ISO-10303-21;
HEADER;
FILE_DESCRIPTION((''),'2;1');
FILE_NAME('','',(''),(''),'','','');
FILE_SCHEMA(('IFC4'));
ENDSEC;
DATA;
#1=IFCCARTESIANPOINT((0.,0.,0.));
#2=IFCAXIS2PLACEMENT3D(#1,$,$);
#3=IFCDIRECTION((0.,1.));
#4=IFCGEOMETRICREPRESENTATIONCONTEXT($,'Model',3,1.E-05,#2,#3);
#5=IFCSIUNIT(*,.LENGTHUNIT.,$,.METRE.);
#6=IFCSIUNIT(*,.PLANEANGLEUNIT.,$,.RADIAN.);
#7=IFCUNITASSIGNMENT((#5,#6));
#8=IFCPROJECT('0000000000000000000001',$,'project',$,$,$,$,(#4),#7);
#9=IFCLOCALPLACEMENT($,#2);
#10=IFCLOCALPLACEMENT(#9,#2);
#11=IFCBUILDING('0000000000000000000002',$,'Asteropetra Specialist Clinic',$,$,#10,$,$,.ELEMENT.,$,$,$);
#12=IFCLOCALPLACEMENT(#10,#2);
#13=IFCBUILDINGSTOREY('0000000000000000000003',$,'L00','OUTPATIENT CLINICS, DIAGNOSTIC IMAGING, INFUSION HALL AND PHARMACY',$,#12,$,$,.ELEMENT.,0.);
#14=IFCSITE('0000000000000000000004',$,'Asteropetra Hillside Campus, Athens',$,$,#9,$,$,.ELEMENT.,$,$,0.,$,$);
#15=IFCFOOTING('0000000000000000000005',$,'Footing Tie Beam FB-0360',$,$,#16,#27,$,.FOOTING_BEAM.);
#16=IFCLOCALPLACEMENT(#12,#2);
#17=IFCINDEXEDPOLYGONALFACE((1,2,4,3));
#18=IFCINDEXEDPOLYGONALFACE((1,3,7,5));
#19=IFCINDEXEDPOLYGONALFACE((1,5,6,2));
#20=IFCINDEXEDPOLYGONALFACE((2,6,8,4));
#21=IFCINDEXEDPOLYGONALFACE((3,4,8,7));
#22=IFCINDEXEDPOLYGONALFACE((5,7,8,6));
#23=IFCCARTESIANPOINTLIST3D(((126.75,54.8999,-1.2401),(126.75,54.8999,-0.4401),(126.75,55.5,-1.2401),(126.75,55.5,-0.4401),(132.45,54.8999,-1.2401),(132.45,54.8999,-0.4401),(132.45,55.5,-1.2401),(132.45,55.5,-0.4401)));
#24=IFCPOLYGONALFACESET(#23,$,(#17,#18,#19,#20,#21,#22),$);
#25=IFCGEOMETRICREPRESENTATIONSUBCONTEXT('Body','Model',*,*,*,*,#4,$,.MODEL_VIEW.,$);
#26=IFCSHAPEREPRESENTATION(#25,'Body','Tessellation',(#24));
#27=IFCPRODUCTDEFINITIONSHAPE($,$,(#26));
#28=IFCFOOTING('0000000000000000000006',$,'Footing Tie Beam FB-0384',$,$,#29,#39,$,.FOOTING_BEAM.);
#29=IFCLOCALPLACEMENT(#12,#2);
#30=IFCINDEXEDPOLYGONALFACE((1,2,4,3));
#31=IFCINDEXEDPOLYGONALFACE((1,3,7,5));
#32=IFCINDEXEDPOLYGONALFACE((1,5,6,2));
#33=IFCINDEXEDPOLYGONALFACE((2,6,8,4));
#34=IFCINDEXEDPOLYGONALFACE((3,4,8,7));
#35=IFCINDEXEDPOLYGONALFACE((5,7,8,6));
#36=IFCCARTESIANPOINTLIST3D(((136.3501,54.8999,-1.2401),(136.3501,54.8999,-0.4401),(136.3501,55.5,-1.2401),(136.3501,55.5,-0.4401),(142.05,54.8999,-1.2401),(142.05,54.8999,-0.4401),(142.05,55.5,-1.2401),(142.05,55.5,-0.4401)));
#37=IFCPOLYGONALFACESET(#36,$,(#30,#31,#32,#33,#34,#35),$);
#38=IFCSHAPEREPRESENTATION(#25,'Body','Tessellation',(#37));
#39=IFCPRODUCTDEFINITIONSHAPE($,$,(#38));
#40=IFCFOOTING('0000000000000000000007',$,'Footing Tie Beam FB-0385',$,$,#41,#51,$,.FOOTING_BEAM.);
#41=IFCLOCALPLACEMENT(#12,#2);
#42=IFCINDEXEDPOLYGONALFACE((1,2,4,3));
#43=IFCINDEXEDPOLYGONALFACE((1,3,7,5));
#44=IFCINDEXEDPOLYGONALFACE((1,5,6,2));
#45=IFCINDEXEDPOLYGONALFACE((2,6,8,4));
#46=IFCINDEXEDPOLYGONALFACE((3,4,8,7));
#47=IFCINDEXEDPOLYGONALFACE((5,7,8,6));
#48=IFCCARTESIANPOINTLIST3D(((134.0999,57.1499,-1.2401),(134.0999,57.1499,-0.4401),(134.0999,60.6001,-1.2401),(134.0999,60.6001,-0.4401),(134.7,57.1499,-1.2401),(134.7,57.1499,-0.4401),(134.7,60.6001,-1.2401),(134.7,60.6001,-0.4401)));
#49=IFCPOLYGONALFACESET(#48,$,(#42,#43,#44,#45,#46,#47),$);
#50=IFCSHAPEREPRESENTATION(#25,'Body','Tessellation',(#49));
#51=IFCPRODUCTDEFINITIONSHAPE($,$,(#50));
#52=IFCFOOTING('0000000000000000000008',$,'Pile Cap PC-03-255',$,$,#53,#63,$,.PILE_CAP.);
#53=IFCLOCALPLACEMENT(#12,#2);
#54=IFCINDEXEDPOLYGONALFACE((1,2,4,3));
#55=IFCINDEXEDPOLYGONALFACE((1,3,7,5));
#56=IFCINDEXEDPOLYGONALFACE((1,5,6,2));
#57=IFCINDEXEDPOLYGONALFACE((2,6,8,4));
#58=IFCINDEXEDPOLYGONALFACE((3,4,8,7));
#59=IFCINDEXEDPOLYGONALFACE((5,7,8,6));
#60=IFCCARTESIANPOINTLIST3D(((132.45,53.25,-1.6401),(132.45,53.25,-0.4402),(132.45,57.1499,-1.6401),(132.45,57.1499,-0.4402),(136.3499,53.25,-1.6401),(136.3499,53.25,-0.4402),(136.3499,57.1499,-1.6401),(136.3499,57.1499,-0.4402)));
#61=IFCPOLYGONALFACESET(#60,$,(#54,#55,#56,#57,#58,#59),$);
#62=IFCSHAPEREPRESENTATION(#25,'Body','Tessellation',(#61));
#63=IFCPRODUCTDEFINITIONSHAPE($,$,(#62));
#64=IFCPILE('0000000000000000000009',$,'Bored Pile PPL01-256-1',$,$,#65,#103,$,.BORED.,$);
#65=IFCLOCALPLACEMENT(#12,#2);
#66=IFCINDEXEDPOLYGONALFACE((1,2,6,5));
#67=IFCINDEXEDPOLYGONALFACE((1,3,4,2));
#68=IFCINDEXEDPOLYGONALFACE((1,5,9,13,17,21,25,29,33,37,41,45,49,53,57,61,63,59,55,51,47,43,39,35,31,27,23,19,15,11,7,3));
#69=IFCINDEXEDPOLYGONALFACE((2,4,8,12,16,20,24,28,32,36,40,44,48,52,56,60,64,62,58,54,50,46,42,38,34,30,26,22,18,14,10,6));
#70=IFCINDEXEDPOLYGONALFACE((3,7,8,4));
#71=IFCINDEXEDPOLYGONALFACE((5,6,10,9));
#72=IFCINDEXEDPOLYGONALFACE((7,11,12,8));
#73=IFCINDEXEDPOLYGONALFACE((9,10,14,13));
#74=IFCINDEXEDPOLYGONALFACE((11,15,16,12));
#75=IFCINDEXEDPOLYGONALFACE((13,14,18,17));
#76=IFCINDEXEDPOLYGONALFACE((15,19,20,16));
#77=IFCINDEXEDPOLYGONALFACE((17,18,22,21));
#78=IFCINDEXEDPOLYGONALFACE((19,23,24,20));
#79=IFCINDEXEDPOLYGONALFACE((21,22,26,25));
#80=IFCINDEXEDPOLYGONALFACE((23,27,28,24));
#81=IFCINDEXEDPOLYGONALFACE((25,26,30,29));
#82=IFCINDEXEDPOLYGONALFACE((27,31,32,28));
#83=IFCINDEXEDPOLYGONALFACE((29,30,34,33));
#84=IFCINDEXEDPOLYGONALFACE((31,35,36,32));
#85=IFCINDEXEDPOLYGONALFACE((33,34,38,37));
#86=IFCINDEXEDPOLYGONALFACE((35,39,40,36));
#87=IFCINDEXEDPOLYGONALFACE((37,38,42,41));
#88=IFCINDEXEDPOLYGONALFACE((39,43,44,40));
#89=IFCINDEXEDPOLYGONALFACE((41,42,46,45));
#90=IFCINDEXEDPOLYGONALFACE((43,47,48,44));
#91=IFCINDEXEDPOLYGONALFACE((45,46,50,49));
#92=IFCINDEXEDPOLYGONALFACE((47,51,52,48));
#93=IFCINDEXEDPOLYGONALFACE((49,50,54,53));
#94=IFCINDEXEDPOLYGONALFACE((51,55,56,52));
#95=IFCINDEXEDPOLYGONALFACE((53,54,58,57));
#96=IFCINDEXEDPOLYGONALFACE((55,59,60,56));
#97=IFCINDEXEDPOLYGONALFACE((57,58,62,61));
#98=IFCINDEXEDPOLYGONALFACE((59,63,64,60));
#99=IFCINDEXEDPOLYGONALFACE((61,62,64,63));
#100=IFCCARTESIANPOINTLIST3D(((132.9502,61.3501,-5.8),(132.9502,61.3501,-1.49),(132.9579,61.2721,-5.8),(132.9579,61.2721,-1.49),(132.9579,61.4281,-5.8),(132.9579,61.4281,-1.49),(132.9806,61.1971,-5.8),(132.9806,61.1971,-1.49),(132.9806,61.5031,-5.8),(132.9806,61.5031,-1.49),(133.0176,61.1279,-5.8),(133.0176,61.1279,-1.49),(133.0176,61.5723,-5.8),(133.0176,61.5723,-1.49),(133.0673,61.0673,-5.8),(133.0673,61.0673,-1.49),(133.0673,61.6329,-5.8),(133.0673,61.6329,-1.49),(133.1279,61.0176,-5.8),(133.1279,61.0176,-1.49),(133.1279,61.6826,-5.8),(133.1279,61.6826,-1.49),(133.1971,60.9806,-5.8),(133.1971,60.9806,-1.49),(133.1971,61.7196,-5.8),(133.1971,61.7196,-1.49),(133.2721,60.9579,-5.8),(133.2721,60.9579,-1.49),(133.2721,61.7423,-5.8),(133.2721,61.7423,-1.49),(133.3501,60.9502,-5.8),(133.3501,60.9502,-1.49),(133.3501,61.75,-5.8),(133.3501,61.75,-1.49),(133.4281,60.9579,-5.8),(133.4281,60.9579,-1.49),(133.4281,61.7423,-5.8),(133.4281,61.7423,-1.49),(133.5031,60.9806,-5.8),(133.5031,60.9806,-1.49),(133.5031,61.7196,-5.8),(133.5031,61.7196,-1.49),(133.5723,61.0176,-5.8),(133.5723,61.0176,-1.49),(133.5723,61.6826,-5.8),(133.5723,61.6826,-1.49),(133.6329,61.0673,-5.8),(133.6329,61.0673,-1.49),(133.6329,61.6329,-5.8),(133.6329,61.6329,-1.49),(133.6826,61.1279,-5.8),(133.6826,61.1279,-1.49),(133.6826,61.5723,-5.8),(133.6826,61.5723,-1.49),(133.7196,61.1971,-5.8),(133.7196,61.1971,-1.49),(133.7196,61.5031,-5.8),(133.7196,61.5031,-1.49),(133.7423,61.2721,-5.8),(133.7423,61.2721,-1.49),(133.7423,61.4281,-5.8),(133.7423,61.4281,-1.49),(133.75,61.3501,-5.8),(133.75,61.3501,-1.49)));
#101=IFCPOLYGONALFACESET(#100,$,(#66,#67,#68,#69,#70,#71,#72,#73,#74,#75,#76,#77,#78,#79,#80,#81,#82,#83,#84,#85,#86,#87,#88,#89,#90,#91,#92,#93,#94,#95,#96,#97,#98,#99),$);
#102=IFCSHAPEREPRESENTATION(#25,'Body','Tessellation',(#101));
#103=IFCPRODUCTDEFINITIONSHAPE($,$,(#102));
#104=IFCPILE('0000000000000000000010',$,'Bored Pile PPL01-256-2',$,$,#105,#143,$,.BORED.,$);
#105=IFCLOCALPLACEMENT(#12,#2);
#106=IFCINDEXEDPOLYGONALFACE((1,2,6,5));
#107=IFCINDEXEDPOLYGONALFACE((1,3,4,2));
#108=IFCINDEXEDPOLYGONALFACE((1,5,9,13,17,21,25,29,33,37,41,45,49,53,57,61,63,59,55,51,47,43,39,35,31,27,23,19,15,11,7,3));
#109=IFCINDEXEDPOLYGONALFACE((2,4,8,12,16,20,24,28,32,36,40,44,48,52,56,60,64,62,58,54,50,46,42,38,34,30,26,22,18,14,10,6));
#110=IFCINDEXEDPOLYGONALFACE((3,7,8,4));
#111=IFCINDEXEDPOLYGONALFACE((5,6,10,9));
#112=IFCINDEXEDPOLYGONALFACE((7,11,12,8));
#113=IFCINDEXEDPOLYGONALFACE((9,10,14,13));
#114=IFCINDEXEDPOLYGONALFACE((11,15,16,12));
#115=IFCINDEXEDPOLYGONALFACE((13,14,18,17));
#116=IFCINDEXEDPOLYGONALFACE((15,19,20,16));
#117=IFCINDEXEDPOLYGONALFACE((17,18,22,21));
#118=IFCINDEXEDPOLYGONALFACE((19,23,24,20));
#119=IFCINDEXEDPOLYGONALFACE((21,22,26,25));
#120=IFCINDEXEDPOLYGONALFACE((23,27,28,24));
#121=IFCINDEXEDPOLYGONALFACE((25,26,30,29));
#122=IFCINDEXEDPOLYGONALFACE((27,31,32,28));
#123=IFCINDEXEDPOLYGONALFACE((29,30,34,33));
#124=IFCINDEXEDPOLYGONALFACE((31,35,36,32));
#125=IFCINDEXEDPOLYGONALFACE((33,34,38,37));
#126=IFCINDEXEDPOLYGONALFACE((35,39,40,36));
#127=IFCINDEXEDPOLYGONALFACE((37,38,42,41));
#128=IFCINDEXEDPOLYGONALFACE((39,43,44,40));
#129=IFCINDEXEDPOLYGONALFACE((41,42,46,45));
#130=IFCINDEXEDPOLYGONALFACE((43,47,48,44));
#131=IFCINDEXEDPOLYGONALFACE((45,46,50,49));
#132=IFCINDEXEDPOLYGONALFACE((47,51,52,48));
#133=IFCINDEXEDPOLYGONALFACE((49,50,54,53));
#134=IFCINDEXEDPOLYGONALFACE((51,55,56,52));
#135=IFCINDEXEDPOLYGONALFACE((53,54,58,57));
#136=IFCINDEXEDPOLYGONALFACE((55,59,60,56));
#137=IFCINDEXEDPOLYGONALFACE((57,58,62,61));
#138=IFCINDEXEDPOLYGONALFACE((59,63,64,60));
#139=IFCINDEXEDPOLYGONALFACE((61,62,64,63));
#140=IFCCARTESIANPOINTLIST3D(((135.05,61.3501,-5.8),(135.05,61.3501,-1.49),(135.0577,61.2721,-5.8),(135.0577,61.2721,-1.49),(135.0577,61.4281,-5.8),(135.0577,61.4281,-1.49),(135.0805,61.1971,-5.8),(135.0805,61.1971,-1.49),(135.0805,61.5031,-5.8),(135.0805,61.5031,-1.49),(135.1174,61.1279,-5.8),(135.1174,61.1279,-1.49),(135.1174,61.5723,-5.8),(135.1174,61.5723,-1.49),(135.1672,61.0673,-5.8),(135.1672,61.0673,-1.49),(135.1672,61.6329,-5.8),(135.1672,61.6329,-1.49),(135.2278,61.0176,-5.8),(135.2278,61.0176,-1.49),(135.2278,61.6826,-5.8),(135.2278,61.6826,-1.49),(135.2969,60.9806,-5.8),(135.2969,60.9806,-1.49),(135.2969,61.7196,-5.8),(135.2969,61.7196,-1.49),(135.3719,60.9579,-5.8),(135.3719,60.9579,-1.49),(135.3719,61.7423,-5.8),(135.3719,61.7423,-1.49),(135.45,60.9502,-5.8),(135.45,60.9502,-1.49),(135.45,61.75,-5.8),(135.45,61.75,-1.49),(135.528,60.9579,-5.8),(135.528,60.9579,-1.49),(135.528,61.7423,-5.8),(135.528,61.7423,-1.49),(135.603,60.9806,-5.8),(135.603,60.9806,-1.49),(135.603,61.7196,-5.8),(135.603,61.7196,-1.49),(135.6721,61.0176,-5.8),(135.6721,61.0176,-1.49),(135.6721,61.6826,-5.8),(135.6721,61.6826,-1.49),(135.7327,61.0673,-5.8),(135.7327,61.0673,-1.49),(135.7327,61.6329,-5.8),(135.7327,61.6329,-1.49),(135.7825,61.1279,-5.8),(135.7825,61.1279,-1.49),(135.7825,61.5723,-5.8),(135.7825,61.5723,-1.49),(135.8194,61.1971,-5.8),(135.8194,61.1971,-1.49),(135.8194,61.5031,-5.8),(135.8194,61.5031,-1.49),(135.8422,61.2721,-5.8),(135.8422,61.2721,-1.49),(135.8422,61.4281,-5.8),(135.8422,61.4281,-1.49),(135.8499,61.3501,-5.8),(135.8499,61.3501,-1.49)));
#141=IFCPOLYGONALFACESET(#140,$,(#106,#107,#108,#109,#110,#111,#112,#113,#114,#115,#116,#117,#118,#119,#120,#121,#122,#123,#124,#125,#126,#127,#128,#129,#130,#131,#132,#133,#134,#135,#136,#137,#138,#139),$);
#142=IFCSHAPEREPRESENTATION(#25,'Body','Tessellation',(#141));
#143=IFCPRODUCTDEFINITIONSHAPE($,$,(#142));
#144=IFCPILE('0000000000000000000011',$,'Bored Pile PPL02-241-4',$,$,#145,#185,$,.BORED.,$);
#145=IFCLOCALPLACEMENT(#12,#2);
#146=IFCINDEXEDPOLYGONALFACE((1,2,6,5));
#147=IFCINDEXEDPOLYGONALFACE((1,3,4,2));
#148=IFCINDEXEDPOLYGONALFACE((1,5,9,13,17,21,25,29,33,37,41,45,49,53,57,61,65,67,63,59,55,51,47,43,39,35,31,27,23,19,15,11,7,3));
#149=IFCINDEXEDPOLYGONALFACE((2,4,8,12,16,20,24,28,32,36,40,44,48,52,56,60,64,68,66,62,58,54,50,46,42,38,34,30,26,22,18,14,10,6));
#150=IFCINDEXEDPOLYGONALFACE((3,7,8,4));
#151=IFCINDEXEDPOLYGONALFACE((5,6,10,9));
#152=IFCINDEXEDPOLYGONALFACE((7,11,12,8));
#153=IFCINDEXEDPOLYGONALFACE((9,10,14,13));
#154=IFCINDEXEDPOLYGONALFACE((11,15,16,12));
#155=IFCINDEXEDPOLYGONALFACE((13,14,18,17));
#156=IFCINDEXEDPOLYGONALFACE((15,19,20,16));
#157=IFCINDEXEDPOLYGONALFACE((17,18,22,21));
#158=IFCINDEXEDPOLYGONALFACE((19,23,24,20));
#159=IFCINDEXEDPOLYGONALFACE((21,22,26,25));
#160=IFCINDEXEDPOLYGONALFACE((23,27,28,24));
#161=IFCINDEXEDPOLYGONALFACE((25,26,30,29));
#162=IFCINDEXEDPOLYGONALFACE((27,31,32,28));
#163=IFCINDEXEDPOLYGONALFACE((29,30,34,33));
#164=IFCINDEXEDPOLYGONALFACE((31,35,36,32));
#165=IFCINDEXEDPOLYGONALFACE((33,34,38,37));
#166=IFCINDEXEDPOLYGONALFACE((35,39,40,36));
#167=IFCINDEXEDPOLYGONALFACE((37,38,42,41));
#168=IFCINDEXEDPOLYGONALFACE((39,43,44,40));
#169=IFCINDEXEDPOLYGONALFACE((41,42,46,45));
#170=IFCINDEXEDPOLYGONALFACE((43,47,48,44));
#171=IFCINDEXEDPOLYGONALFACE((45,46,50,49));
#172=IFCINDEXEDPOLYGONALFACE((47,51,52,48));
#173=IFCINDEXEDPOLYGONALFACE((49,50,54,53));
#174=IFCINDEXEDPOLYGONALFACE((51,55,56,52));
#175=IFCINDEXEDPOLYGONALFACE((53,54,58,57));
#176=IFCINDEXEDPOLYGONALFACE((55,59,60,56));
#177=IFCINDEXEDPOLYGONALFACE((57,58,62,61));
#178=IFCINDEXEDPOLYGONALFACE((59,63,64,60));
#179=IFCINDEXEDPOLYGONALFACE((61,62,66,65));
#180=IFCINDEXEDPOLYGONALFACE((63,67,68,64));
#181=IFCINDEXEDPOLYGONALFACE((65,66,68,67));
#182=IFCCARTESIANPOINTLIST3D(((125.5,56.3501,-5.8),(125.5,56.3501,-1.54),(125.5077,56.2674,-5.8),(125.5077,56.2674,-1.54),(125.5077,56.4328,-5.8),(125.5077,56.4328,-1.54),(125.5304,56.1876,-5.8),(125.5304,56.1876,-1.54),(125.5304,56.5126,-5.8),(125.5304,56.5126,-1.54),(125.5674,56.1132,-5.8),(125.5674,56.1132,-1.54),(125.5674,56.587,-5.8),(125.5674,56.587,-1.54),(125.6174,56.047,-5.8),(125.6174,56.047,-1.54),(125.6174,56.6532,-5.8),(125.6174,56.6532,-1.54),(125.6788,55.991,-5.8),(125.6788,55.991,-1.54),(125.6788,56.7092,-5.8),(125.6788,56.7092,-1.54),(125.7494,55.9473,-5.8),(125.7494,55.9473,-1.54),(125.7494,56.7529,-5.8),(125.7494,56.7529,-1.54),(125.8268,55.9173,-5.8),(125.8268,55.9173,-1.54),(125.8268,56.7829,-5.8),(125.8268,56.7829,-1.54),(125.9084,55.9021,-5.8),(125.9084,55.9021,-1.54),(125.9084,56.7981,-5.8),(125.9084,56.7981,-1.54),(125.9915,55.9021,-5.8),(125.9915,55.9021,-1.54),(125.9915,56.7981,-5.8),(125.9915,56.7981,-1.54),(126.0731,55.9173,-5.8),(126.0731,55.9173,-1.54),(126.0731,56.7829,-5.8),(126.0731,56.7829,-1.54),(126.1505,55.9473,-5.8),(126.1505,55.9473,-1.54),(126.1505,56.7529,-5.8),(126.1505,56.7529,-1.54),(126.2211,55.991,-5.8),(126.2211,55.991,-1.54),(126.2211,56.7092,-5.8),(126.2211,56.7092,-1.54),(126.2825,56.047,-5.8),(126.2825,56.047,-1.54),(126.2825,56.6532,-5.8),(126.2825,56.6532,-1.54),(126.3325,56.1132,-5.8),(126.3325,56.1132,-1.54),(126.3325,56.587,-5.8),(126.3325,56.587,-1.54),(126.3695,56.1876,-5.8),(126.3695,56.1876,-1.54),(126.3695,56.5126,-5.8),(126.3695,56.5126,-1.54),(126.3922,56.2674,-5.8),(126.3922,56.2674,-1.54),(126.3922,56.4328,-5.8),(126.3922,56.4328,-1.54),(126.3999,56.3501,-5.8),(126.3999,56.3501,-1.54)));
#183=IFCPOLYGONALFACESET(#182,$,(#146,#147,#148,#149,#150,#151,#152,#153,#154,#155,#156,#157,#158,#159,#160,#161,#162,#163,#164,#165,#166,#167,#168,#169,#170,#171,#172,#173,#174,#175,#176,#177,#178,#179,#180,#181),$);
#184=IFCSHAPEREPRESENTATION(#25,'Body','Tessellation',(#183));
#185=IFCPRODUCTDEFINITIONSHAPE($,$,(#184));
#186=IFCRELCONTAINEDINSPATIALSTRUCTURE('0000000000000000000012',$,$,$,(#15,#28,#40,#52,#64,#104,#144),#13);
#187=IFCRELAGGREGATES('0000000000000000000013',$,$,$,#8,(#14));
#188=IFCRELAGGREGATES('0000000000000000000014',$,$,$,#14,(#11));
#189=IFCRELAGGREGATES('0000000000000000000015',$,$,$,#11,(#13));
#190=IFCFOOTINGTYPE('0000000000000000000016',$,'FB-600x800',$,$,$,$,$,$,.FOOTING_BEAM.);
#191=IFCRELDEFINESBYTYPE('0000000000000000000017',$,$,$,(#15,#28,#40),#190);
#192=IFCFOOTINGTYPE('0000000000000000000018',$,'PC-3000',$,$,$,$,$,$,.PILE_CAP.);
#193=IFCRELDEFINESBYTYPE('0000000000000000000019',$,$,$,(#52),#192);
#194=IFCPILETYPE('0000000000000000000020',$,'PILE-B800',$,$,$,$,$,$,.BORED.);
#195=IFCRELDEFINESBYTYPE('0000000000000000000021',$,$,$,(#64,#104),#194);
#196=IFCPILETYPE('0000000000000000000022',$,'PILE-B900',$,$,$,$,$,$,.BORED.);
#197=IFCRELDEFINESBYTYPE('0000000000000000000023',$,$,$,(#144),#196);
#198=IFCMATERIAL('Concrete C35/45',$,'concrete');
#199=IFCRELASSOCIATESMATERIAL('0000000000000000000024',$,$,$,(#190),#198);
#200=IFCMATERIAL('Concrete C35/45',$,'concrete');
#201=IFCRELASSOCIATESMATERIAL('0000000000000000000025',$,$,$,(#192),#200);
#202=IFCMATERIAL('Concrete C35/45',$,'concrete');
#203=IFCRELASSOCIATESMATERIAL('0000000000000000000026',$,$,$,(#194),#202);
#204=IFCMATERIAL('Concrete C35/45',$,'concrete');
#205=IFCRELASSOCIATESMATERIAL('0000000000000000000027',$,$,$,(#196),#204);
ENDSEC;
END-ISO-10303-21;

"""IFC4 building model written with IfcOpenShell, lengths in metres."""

from ifc_helpers import new_model, si_unit, direction, frame, origin, origin_2d, place, context, subcontext, project, spatial, rectangle, circle, extrude, material, material_profile, profile_set, type_object, element, save


model = new_model("IFC4")

# Units and contexts
model_context = context("Model", 3, precision=1e-05, world=origin(), true_north=direction((0.0, 1.0)))
body_context = subcontext(model_context, "Body", "Model", "MODEL_VIEW")
ifc_project = project(units=[si_unit("LENGTHUNIT", "METRE"), si_unit("PLANEANGLEUNIT", "RADIAN")], contexts=[model_context])

# Site, building, storey
site_placement = place(None, origin())
site = spatial("IfcSite", under=ifc_project, at=site_placement, Name="Asteropetra Hillside Campus, Athens", CompositionType="ELEMENT", RefElevation=0.0)
building_placement = place(site_placement, origin())
building = spatial("IfcBuilding", under=site, at=building_placement, Name="Asteropetra Specialist Clinic", CompositionType="ELEMENT")
storey_placement = place(building_placement, origin())
storey = spatial("IfcBuildingStorey", under=building, at=storey_placement, Name="L00", Description="OUTPATIENT CLINICS, DIAGNOSTIC IMAGING, INFUSION HALL AND PHARMACY", CompositionType="ELEMENT", Elevation=0.0)

# Footings
ifc_material_1 = material(Name="Concrete C35/45", Category="concrete")
ifc_material_profile_1 = material_profile(ifc_material_1, rectangle(XDim=0.6001, YDim=0.8, at=origin_2d()), Name="FB 600x800")
ifc_profile_set_1 = profile_set([ifc_material_profile_1], Name="Concrete C35/45")
footing_type_1 = type_object("IfcFootingType", Name="FB-600x800", PredefinedType="FOOTING_BEAM", material=ifc_profile_set_1)
for number, where, z_axis, x_axis, name in (
    (1, (126.75, 55.2, -0.8401), (1.0, 0.0, 0.0), (0.0, 1.0, 0.0), "Footing Tie Beam FB-0360"),
    (2, (136.3501, 55.2, -0.8401), (1.0, 0.0, 0.0), (0.0, 1.0, 0.0), "Footing Tie Beam FB-0384"),
):
    element("IfcFooting", number, at=place(storey_placement, frame(where, z_axis=z_axis, x_axis=x_axis)), inside=storey, type_object=footing_type_1, Name=name, PredefinedType="FOOTING_BEAM", context=body_context, shape_type="SweptSolid", body=[
        extrude(rectangle(XDim=0.6001, YDim=0.8, at=origin_2d()), origin(), (0.0, 0.0, 1.0), 5.7),
    ])
footing_1_placement = place(storey_placement, frame((134.3999, 57.1499, -0.8401), z_axis=(0.0, 1.0, 0.0), x_axis=(-1.0, 0.0, 0.0)))
element("IfcFooting", 3, at=footing_1_placement, inside=storey, type_object=footing_type_1, Name="Footing Tie Beam FB-0385", PredefinedType="FOOTING_BEAM", context=body_context, shape_type="SweptSolid", body=[
    extrude(rectangle(XDim=0.6001, YDim=0.8, at=origin_2d()), origin(), (0.0, 0.0, 1.0), 3.4502),
])
ifc_material_2 = material(Name="Concrete C35/45", Category="concrete")
footing_type_2 = type_object("IfcFootingType", Name="PC-3000", PredefinedType="PILE_CAP", material=ifc_material_2)
footing_2_placement = place(storey_placement, frame((134.3999, 55.2, -1.6401), z_axis=(0.0, 0.0, 1.0), x_axis=(1.0, 0.0, 0.0)))
element("IfcFooting", 4, at=footing_2_placement, inside=storey, type_object=footing_type_2, Name="Pile Cap PC-03-255", PredefinedType="PILE_CAP", context=body_context, shape_type="SweptSolid", body=[
    extrude(rectangle(XDim=3.8999, YDim=3.8999, at=origin_2d()), origin(), (0.0, 0.0, 1.0), 1.2),
])

# Piles
ifc_material_3 = material(Name="Concrete C35/45", Category="concrete")
ifc_material_profile_2 = material_profile(ifc_material_3, circle(Radius=0.3999, at=origin_2d()), Name="PILE D800")
ifc_profile_set_2 = profile_set([ifc_material_profile_2], Name="Concrete C35/45")
pile_type_1 = type_object("IfcPileType", Name="PILE-B800", PredefinedType="BORED", material=ifc_profile_set_2)
for number, where, z_axis, x_axis, name in (
    (5, (133.3501, 61.3501, -1.49), (0.0, 0.0, -1.0), (1.0, 0.0, 0.0), "Bored Pile PPL01-256-1"),
    (6, (135.45, 61.3501, -1.49), (0.0, 0.0, -1.0), (1.0, 0.0, 0.0), "Bored Pile PPL01-256-2"),
):
    element("IfcPile", number, at=place(storey_placement, frame(where, z_axis=z_axis, x_axis=x_axis)), inside=storey, type_object=pile_type_1, Name=name, PredefinedType="BORED", context=body_context, shape_type="SweptSolid", body=[
        extrude(circle(Radius=0.3999, at=origin_2d()), origin(), (0.0, 0.0, 1.0), 4.3101),
    ])
ifc_material_4 = material(Name="Concrete C35/45", Category="concrete")
ifc_material_profile_3 = material_profile(ifc_material_4, circle(Radius=0.45, at=origin_2d()), Name="PILE D900")
ifc_profile_set_3 = profile_set([ifc_material_profile_3], Name="Concrete C35/45")
pile_type_2 = type_object("IfcPileType", Name="PILE-B900", PredefinedType="BORED", material=ifc_profile_set_3)
for number, where, z_axis, x_axis, name in (
    (7, (125.95, 56.3501, -1.54), (0.0, 0.0, -1.0), (1.0, 0.0, 0.0), "Bored Pile PPL02-241-4"),
):
    element("IfcPile", number, at=place(storey_placement, frame(where, z_axis=z_axis, x_axis=x_axis)), inside=storey, type_object=pile_type_2, Name=name, PredefinedType="BORED", context=body_context, shape_type="SweptSolid", body=[
        extrude(circle(Radius=0.45, at=origin_2d()), origin(), (0.0, 0.0, 1.0), 4.26),
    ])

save(model, "model.ifc")
